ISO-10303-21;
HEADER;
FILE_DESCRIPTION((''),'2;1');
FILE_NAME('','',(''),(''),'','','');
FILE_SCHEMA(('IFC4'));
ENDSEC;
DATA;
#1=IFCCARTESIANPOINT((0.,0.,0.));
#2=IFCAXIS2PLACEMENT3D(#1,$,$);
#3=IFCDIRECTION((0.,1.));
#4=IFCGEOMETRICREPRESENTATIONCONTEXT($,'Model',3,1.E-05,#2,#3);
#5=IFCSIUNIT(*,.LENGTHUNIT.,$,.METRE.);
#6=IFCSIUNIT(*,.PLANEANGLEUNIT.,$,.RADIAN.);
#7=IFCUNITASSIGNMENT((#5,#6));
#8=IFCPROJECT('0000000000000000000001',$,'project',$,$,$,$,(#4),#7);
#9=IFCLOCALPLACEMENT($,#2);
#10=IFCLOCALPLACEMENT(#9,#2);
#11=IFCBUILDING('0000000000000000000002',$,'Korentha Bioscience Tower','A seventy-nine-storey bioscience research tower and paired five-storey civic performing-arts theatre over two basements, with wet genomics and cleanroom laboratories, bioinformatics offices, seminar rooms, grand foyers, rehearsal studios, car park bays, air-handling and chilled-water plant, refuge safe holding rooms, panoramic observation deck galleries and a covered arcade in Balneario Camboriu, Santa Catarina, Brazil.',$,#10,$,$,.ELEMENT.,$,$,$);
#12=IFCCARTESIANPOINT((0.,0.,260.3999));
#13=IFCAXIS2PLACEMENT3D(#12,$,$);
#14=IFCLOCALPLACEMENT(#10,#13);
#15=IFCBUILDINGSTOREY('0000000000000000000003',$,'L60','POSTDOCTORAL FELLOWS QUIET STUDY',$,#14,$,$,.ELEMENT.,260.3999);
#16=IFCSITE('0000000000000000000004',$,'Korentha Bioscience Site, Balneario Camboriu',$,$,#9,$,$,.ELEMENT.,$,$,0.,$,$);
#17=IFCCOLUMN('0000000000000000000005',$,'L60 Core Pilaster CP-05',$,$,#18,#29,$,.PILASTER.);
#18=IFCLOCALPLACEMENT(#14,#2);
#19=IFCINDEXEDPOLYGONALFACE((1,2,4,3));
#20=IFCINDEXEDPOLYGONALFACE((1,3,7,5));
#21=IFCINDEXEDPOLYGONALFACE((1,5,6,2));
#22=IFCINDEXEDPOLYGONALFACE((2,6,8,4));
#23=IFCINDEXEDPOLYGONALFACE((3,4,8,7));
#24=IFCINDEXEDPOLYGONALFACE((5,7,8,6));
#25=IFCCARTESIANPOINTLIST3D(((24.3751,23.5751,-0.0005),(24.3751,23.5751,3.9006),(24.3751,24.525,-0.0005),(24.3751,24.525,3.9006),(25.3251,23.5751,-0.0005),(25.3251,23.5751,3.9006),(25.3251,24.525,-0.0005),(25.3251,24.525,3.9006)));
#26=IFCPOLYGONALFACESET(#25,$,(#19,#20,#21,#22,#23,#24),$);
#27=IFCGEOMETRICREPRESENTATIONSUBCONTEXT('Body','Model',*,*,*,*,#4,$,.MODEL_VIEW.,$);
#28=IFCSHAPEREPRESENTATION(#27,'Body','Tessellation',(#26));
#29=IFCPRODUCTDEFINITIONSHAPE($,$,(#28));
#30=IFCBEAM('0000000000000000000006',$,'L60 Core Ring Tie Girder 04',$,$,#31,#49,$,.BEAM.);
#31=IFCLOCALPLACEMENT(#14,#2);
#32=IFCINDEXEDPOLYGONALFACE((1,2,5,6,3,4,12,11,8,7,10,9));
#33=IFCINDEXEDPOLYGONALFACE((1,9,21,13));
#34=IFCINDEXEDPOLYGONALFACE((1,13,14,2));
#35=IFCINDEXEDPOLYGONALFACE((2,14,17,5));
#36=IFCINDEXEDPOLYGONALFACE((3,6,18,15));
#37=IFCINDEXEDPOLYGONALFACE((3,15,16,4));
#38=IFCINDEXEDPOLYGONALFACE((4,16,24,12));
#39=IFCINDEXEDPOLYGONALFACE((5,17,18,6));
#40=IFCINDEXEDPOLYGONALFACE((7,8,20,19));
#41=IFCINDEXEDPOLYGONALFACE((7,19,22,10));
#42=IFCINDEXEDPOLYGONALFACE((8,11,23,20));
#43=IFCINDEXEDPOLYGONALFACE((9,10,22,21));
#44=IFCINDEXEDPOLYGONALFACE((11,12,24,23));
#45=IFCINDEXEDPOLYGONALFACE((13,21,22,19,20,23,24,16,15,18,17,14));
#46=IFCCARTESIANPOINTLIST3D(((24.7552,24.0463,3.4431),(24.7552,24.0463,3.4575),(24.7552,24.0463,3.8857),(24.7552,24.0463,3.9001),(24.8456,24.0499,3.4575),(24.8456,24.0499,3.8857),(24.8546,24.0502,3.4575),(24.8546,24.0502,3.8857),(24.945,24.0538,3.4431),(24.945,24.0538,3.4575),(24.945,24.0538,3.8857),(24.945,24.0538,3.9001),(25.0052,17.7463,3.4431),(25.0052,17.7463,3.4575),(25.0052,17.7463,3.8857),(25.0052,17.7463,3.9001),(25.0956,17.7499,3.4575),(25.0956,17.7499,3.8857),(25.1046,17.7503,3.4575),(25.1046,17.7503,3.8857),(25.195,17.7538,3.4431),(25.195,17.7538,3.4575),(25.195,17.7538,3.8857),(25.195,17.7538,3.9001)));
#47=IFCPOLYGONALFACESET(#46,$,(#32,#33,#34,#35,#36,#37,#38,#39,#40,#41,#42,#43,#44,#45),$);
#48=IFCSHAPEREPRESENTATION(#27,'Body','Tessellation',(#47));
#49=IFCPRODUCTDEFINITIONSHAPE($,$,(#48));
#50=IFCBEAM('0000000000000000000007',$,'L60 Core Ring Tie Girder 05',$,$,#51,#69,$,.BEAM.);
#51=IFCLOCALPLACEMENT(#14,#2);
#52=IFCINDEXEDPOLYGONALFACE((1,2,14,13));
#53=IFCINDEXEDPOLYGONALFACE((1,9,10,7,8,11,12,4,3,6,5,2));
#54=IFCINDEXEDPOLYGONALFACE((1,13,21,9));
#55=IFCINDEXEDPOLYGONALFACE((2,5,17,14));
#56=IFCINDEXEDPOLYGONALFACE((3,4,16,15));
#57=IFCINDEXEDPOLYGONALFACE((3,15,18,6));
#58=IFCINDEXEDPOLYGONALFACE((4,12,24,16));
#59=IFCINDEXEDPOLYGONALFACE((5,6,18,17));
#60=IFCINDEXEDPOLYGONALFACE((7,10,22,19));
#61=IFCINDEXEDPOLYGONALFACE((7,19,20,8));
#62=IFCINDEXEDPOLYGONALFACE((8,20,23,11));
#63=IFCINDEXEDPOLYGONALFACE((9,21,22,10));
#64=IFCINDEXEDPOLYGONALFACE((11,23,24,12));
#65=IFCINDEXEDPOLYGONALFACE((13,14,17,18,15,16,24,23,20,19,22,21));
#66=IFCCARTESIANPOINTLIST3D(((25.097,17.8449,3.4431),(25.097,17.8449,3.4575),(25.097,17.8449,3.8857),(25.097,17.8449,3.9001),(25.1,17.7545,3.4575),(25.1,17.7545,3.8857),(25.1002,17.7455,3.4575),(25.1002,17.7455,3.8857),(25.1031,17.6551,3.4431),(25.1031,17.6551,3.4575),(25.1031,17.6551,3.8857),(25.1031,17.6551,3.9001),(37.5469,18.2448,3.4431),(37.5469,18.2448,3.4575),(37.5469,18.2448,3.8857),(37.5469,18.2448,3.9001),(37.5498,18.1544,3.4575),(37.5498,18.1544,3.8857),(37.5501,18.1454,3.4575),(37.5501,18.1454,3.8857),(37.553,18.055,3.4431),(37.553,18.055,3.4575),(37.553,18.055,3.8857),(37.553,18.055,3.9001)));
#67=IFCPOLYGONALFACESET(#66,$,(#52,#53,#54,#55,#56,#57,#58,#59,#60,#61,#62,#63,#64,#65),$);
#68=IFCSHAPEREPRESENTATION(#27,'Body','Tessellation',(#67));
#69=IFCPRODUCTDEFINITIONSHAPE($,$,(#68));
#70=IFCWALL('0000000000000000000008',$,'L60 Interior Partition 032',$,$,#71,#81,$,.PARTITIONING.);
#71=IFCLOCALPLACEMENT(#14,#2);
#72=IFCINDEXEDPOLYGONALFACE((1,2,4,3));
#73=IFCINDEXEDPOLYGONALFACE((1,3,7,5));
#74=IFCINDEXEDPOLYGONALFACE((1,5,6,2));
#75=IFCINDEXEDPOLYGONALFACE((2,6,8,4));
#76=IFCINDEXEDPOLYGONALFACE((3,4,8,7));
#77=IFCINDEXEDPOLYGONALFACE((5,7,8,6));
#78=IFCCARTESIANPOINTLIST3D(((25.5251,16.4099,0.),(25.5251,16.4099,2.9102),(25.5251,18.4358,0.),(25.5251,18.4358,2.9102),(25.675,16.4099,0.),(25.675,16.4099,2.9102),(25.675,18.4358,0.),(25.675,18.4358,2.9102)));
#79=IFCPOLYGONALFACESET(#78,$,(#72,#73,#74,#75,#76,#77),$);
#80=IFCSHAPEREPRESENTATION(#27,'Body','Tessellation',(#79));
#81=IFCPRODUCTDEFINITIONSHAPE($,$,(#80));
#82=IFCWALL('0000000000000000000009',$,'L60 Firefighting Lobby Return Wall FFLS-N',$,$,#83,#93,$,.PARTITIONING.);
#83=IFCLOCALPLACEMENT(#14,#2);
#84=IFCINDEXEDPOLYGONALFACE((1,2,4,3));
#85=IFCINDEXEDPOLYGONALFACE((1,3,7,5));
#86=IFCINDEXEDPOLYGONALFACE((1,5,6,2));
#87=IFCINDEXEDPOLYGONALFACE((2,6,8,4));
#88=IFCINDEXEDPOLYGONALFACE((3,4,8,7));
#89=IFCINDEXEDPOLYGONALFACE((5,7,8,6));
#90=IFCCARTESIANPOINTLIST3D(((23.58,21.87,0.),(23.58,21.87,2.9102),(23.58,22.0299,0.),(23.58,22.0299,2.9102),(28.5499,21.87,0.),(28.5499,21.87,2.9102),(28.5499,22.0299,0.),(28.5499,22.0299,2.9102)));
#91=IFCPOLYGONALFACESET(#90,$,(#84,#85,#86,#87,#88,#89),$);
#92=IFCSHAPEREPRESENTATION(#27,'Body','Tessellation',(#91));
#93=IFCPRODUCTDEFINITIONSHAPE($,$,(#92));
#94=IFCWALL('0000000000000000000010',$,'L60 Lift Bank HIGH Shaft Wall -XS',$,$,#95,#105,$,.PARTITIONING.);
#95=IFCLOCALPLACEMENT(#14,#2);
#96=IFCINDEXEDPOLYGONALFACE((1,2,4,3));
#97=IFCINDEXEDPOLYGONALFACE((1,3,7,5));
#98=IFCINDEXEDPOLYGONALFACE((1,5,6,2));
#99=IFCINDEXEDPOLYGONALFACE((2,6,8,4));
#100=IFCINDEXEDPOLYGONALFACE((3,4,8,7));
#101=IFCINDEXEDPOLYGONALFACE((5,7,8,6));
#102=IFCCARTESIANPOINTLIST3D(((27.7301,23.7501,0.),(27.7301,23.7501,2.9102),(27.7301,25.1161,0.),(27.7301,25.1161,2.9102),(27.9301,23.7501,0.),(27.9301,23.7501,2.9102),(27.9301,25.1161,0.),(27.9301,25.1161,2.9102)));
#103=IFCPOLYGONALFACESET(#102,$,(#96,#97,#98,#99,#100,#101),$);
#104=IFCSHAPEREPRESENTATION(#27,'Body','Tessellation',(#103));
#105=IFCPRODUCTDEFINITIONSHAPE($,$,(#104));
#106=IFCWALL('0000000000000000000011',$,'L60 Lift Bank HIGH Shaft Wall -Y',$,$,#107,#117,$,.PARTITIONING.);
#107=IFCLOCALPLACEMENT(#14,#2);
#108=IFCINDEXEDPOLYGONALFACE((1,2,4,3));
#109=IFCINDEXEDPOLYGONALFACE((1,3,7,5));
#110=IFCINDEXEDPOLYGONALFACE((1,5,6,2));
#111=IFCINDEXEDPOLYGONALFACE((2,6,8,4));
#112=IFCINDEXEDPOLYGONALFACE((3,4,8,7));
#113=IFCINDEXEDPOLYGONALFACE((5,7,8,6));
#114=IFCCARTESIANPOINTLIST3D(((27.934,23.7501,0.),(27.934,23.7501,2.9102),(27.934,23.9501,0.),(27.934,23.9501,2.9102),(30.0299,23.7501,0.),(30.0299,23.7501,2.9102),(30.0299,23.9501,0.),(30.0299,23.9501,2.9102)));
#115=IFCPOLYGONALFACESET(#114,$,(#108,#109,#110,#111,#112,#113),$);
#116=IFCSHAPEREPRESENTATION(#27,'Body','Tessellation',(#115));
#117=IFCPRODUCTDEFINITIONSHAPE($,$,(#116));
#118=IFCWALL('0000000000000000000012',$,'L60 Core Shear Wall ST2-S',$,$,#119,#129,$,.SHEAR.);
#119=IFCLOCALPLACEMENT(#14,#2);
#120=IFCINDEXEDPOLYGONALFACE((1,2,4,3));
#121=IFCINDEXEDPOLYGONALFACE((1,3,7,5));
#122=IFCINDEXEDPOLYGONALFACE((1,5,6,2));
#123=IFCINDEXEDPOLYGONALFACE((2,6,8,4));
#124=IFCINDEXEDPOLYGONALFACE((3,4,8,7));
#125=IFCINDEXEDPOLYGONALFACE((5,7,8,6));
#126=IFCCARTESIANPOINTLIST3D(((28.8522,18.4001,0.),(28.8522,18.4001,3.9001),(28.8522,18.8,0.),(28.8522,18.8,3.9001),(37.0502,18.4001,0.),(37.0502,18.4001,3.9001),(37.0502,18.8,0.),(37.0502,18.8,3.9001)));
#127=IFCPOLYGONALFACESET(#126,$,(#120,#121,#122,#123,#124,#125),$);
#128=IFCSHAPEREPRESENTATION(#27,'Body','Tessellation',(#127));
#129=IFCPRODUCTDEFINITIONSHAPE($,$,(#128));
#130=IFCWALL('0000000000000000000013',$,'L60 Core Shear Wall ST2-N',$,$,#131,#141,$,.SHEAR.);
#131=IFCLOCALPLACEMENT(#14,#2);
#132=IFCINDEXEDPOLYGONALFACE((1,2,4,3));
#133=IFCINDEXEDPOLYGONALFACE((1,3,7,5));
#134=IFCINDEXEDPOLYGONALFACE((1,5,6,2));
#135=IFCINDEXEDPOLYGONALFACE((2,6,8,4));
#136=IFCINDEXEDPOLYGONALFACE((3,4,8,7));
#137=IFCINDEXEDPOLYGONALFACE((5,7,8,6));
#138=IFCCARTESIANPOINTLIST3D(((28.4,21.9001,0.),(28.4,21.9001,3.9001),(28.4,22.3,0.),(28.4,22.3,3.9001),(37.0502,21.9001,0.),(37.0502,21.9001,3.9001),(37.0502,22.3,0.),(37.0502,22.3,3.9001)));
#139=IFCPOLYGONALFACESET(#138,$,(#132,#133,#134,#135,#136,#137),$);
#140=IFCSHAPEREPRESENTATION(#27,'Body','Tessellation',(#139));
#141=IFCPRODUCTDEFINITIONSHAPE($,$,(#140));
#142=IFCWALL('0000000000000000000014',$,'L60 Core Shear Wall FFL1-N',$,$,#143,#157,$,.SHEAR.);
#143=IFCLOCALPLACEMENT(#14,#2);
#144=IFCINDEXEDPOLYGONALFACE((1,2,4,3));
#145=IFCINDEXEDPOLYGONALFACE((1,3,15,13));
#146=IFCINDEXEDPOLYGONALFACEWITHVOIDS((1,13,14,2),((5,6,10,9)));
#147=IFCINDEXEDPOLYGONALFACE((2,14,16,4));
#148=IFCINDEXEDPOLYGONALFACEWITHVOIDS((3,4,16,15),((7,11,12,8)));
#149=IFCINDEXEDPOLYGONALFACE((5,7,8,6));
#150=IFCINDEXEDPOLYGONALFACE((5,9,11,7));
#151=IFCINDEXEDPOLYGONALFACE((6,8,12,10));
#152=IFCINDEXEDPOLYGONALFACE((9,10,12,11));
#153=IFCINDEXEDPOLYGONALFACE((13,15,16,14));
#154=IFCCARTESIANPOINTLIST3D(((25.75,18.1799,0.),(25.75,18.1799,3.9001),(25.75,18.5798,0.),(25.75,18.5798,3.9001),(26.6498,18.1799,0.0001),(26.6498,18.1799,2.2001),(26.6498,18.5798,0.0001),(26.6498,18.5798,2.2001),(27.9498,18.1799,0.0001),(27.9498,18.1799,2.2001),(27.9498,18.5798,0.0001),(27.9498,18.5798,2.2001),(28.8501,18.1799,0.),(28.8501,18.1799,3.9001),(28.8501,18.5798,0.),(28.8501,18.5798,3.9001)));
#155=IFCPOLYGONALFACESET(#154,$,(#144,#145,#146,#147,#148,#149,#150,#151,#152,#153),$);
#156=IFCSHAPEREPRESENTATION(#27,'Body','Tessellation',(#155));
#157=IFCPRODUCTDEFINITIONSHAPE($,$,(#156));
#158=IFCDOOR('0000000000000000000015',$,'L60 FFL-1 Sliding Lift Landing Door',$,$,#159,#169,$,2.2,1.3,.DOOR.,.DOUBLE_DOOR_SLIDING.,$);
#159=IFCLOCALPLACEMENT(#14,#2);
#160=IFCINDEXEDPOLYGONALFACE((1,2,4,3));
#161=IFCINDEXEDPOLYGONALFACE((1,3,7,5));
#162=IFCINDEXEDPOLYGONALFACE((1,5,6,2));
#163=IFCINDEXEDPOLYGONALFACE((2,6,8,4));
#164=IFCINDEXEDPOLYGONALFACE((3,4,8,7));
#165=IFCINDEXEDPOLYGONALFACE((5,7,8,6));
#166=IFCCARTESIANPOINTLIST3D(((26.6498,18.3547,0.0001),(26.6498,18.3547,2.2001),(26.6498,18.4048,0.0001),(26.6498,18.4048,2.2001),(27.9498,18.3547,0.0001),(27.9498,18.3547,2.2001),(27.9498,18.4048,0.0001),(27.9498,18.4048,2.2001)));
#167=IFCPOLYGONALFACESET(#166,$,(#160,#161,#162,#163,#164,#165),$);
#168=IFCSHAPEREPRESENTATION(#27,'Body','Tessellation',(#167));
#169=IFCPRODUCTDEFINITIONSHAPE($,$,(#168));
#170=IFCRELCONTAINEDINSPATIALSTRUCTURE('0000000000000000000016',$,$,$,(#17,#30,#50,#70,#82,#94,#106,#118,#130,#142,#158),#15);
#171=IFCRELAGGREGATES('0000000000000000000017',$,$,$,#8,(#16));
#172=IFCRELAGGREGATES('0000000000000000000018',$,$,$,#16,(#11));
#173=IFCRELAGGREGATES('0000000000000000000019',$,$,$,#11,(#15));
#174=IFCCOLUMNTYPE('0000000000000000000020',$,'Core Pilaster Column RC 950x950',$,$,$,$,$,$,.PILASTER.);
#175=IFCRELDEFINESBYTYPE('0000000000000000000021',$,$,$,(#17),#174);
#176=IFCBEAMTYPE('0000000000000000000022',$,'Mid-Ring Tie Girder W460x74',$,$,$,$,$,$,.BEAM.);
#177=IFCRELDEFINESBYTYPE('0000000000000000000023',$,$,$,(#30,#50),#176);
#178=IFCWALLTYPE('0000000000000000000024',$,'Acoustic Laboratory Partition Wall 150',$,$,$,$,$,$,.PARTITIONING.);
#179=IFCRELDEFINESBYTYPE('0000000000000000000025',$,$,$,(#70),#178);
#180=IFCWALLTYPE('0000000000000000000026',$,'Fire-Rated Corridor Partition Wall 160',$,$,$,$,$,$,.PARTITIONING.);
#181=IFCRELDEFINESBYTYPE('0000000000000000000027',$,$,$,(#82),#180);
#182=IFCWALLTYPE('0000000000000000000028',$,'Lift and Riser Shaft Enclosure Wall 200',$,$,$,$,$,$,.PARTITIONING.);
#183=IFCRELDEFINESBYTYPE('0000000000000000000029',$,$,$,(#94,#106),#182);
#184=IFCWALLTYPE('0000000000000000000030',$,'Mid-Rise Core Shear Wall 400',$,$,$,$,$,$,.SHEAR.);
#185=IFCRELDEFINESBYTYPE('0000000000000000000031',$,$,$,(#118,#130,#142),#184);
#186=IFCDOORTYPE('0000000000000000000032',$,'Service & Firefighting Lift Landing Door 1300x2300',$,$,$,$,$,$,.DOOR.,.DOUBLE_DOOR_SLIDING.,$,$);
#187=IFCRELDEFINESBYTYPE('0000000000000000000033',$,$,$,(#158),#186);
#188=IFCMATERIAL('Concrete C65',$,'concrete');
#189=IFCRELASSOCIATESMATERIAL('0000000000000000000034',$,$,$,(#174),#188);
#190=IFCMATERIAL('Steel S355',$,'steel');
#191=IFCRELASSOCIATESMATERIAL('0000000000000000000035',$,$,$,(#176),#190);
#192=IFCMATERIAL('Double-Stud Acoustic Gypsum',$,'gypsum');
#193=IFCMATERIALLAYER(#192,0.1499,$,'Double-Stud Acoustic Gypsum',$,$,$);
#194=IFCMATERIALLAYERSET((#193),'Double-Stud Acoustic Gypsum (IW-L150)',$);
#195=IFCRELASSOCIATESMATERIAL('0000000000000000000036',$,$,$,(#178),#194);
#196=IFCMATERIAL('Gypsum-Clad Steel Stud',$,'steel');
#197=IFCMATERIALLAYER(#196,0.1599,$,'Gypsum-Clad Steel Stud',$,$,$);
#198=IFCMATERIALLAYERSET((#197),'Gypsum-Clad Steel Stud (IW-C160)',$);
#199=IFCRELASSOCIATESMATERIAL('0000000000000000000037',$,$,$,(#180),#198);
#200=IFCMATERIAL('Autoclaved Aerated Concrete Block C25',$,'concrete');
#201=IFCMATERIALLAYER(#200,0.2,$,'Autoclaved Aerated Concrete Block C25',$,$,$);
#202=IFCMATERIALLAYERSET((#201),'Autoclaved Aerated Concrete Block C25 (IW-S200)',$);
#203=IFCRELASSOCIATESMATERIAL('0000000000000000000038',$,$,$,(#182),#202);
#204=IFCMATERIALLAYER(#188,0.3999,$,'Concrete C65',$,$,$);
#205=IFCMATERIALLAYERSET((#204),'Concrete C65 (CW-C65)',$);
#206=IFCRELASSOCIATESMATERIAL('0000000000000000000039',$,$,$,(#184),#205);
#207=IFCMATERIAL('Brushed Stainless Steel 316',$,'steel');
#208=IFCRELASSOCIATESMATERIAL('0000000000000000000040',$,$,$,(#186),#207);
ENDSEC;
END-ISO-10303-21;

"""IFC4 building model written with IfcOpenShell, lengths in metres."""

from ifc_helpers import new_model, si_unit, direction, frame, frame_2d, origin, origin_2d, place, context, subcontext, project, spatial, rectangle, i_section, extrude, material, layer, layer_set, material_profile, profile_set, type_object, element, fill, save


model = new_model("IFC4")

# Units and contexts
model_context = context("Model", 3, precision=1e-05, world=origin(), true_north=direction((0.0, 1.0)))
body_context = subcontext(model_context, "Body", "Model", "MODEL_VIEW")
ifc_project = project(units=[si_unit("LENGTHUNIT", "METRE"), si_unit("PLANEANGLEUNIT", "RADIAN")], contexts=[model_context])

# Site, building, storey
site_placement = place(None, origin())
site = spatial("IfcSite", under=ifc_project, at=site_placement, Name="Korentha Bioscience Site, Balneario Camboriu", CompositionType="ELEMENT", RefElevation=0.0)
building_placement = place(site_placement, origin())
building = spatial("IfcBuilding", under=site, at=building_placement, Name="Korentha Bioscience Tower", Description="A seventy-nine-storey bioscience research tower and paired five-storey civic performing-arts theatre over two basements, with wet genomics and cleanroom laboratories, bioinformatics offices, seminar rooms, grand foyers, rehearsal studios, car park bays, air-handling and chilled-water plant, refuge safe holding rooms, panoramic observation deck galleries and a covered arcade in Balneario Camboriu, Santa Catarina, Brazil.", CompositionType="ELEMENT")
storey_placement = place(building_placement, frame((0.0, 0.0, 260.3999)))
storey = spatial("IfcBuildingStorey", under=building, at=storey_placement, Name="L60", Description="POSTDOCTORAL FELLOWS QUIET STUDY", CompositionType="ELEMENT", Elevation=260.3999)

# Column
ifc_material_1 = material(Name="Concrete C65", Category="concrete")
ifc_material_profile_1 = material_profile(ifc_material_1, rectangle(XDim=0.95, YDim=0.95, at=origin_2d()), Name="Concrete C65")
ifc_profile_set_1 = profile_set([ifc_material_profile_1], Name="Concrete C65 (COL-CP09)")
column_type = type_object("IfcColumnType", Name="Core Pilaster Column RC 950x950", PredefinedType="PILASTER", material=ifc_profile_set_1)
column_placement = place(storey_placement, frame((24.8501, 24.05, -0.0005), z_axis=(0.0, 0.0, 1.0), x_axis=(1.0, 0.0, 0.0)))
element("IfcColumn", 1, at=column_placement, inside=storey, type_object=column_type, Name="L60 Core Pilaster CP-05", PredefinedType="PILASTER", context=body_context, shape_type="SweptSolid", body=[
    extrude(rectangle(XDim=0.95, YDim=0.95, at=origin_2d()), origin(), (0.0, 0.0, 1.0), 3.9011),
])

# Beams
ifc_material_2 = material(Name="Steel S355", Category="steel")
ifc_material_profile_2 = material_profile(ifc_material_2, i_section(OverallWidth=0.1899, OverallDepth=0.457, WebThickness=0.009, FlangeThickness=0.0144, at=origin_2d()), Name="Steel S355")
ifc_profile_set_2 = profile_set([ifc_material_profile_2], Name="Steel S355 (MB-460)")
beam_type = type_object("IfcBeamType", Name="Mid-Ring Tie Girder W460x74", PredefinedType="BEAM", material=ifc_profile_set_2)
beam_1_placement = place(storey_placement, frame((24.8501, 24.05, 3.6716), z_axis=(0.039651, -0.999214, 0.0), x_axis=(0.999214, 0.039651, 0.0)))
element("IfcBeam", 2, at=beam_1_placement, inside=storey, type_object=beam_type, Name="L60 Core Ring Tie Girder 04", PredefinedType="BEAM", context=body_context, shape_type="SweptSolid", body=[
    extrude(i_section(OverallWidth=0.1899, OverallDepth=0.457, WebThickness=0.009, FlangeThickness=0.0144, at=origin_2d()), origin(), (0.0, 0.0, 1.0), 6.3049),
])
beam_2_placement = place(storey_placement, frame((25.1001, 17.75, 3.6716), z_axis=(0.999485, 0.032104, 0.0), x_axis=(-0.032104, 0.999485, 0.0)))
element("IfcBeam", 3, at=beam_2_placement, inside=storey, type_object=beam_type, Name="L60 Core Ring Tie Girder 05", PredefinedType="BEAM", context=body_context, shape_type="SweptSolid", body=[
    extrude(i_section(OverallWidth=0.1899, OverallDepth=0.457, WebThickness=0.009, FlangeThickness=0.0144, at=origin_2d()), origin(), (0.0, 0.0, 1.0), 12.4563),
])

# Walls
ifc_material_3 = material(Name="Double-Stud Acoustic Gypsum", Category="gypsum")
ifc_layer_1 = layer(ifc_material_3, 0.1499, Name="Double-Stud Acoustic Gypsum")
ifc_layer_set_1 = layer_set([ifc_layer_1], Name="Double-Stud Acoustic Gypsum (IW-L150)")
wall_type_1 = type_object("IfcWallType", Name="Acoustic Laboratory Partition Wall 150", PredefinedType="PARTITIONING", material=ifc_layer_set_1)
wall_1_placement = place(storey_placement, frame((25.6001, 18.4358, 0.0), z_axis=(0.0, 0.0, 1.0), x_axis=(0.0, -1.0, 0.0)))
element("IfcWall", 4, at=wall_1_placement, inside=storey, type_object=wall_type_1, Name="L60 Interior Partition 032", PredefinedType="PARTITIONING", context=body_context, shape_type="SweptSolid", body=[
    extrude(rectangle(XDim=2.0259, YDim=0.1499, at=frame_2d((1.0129, 0.0))), origin(), (0.0, 0.0, 1.0), 2.9102),
])
ifc_material_4 = material(Name="Gypsum-Clad Steel Stud", Category="steel")
ifc_layer_2 = layer(ifc_material_4, 0.1599, Name="Gypsum-Clad Steel Stud")
ifc_layer_set_2 = layer_set([ifc_layer_2], Name="Gypsum-Clad Steel Stud (IW-C160)")
wall_type_2 = type_object("IfcWallType", Name="Fire-Rated Corridor Partition Wall 160", PredefinedType="PARTITIONING", material=ifc_layer_set_2)
wall_2_placement = place(storey_placement, frame((23.5801, 21.95, 0.0), z_axis=(0.0, 0.0, 1.0), x_axis=(1.0, 0.0, 0.0)))
element("IfcWall", 5, at=wall_2_placement, inside=storey, type_object=wall_type_2, Name="L60 Firefighting Lobby Return Wall FFLS-N", PredefinedType="PARTITIONING", context=body_context, shape_type="SweptSolid", body=[
    extrude(rectangle(XDim=4.97, YDim=0.1599, at=frame_2d((2.4849, 0.0))), origin(), (0.0, 0.0, 1.0), 2.9102),
])
ifc_material_5 = material(Name="Autoclaved Aerated Concrete Block C25", Category="concrete")
ifc_layer_3 = layer(ifc_material_5, 0.2, Name="Autoclaved Aerated Concrete Block C25")
ifc_layer_set_3 = layer_set([ifc_layer_3], Name="Autoclaved Aerated Concrete Block C25 (IW-S200)")
wall_type_3 = type_object("IfcWallType", Name="Lift and Riser Shaft Enclosure Wall 200", PredefinedType="PARTITIONING", material=ifc_layer_set_3)
wall_3_placement = place(storey_placement, frame((27.8301, 23.75, 0.0), z_axis=(0.0, 0.0, 1.0), x_axis=(0.0, 1.0, 0.0)))
element("IfcWall", 6, at=wall_3_placement, inside=storey, type_object=wall_type_3, Name="L60 Lift Bank HIGH Shaft Wall -XS", PredefinedType="PARTITIONING", context=body_context, shape_type="SweptSolid", body=[
    extrude(rectangle(XDim=1.366, YDim=0.2, at=frame_2d((0.6831, 0.0))), origin(), (0.0, 0.0, 1.0), 2.9102),
])
wall_4_placement = place(storey_placement, frame((27.9341, 23.8501, 0.0), z_axis=(0.0, 0.0, 1.0), x_axis=(1.0, 0.0, 0.0)))
element("IfcWall", 7, at=wall_4_placement, inside=storey, type_object=wall_type_3, Name="L60 Lift Bank HIGH Shaft Wall -Y", PredefinedType="PARTITIONING", context=body_context, shape_type="SweptSolid", body=[
    extrude(rectangle(XDim=2.0959, YDim=0.2, at=frame_2d((1.0479, 0.0))), origin(), (0.0, 0.0, 1.0), 2.9102),
])
ifc_layer_4 = layer(ifc_material_1, 0.3999, Name="Concrete C65")
ifc_layer_set_4 = layer_set([ifc_layer_4], Name="Concrete C65 (CW-C65)")
wall_type_4 = type_object("IfcWallType", Name="Mid-Rise Core Shear Wall 400", PredefinedType="SHEAR", material=ifc_layer_set_4)
wall_5_placement = place(storey_placement, frame((28.8521, 18.6001, 0.0), z_axis=(0.0, 0.0, 1.0), x_axis=(1.0, 0.0, 0.0)))
element("IfcWall", 8, at=wall_5_placement, inside=storey, type_object=wall_type_4, Name="L60 Core Shear Wall ST2-S", PredefinedType="SHEAR", context=body_context, shape_type="SweptSolid", body=[
    extrude(rectangle(XDim=8.198, YDim=0.3999, at=frame_2d((4.0991, 0.0))), origin(), (0.0, 0.0, 1.0), 3.9001),
])
wall_6_placement = place(storey_placement, frame((28.3999, 22.1001, 0.0), z_axis=(0.0, 0.0, 1.0), x_axis=(1.0, 0.0, 0.0)))
element("IfcWall", 9, at=wall_6_placement, inside=storey, type_object=wall_type_4, Name="L60 Core Shear Wall ST2-N", PredefinedType="SHEAR", context=body_context, shape_type="SweptSolid", body=[
    extrude(rectangle(XDim=8.6501, YDim=0.3999, at=frame_2d((4.3252, 0.0))), origin(), (0.0, 0.0, 1.0), 3.9001),
])

# Wall, opening, door
wall_7_placement = place(storey_placement, frame((25.75, 18.3799, 0.0), z_axis=(0.0, 0.0, 1.0), x_axis=(1.0, 0.0, 0.0)))
wall_7 = element("IfcWall", 10, at=wall_7_placement, inside=storey, type_object=wall_type_4, Name="L60 Core Shear Wall FFL1-N", PredefinedType="SHEAR", context=body_context, shape_type="SweptSolid", body=[
    extrude(rectangle(XDim=3.1001, YDim=0.3999, at=frame_2d((1.55, 0.0))), origin(), (0.0, 0.0, 1.0), 3.9001),
])
opening_1_placement = place(wall_7_placement, frame((0.8999, 0.0, 0.0)))
opening_1 = element("IfcOpeningElement", 11, at=opening_1_placement, cuts=wall_7, PredefinedType="OPENING", context=body_context, shape_type="SweptSolid", body=[
    extrude(rectangle(XDim=1.3, YDim=2.2, at=frame_2d((0.6499, 1.1001))), frame((0.0, 0.2148, 0.0), z_axis=(0.0, -1.0, 0.0), x_axis=(1.0, 0.0, 0.0)), (0.0, 0.0, 1.0), 0.4297),
])
ifc_material_6 = material(Name="Brushed Stainless Steel 316", Category="steel")
door_type_1 = type_object("IfcDoorType", Name="Service & Firefighting Lift Landing Door 1300x2300", OperationType="DOUBLE_DOOR_SLIDING", PredefinedType="DOOR", material=ifc_material_6)
door_1_placement = place(opening_1_placement, origin())
door_1 = element("IfcDoor", 12, at=door_1_placement, inside=storey, type_object=door_type_1, Name="L60 FFL-1 Sliding Lift Landing Door", OperationType="DOUBLE_DOOR_SLIDING", OverallHeight=2.2, OverallWidth=1.3, PredefinedType="DOOR", context=body_context, shape_type="SweptSolid", body=[
    extrude(rectangle(XDim=1.3, YDim=2.2, at=frame_2d((0.6499, 1.1001))), frame((0.0, 0.0249, 0.0), z_axis=(0.0, -1.0, 0.0), x_axis=(1.0, 0.0, 0.0)), (0.0, 0.0, 1.0), 0.05),
])
fill(opening_1, door_1)

save(model, "model.ifc")
